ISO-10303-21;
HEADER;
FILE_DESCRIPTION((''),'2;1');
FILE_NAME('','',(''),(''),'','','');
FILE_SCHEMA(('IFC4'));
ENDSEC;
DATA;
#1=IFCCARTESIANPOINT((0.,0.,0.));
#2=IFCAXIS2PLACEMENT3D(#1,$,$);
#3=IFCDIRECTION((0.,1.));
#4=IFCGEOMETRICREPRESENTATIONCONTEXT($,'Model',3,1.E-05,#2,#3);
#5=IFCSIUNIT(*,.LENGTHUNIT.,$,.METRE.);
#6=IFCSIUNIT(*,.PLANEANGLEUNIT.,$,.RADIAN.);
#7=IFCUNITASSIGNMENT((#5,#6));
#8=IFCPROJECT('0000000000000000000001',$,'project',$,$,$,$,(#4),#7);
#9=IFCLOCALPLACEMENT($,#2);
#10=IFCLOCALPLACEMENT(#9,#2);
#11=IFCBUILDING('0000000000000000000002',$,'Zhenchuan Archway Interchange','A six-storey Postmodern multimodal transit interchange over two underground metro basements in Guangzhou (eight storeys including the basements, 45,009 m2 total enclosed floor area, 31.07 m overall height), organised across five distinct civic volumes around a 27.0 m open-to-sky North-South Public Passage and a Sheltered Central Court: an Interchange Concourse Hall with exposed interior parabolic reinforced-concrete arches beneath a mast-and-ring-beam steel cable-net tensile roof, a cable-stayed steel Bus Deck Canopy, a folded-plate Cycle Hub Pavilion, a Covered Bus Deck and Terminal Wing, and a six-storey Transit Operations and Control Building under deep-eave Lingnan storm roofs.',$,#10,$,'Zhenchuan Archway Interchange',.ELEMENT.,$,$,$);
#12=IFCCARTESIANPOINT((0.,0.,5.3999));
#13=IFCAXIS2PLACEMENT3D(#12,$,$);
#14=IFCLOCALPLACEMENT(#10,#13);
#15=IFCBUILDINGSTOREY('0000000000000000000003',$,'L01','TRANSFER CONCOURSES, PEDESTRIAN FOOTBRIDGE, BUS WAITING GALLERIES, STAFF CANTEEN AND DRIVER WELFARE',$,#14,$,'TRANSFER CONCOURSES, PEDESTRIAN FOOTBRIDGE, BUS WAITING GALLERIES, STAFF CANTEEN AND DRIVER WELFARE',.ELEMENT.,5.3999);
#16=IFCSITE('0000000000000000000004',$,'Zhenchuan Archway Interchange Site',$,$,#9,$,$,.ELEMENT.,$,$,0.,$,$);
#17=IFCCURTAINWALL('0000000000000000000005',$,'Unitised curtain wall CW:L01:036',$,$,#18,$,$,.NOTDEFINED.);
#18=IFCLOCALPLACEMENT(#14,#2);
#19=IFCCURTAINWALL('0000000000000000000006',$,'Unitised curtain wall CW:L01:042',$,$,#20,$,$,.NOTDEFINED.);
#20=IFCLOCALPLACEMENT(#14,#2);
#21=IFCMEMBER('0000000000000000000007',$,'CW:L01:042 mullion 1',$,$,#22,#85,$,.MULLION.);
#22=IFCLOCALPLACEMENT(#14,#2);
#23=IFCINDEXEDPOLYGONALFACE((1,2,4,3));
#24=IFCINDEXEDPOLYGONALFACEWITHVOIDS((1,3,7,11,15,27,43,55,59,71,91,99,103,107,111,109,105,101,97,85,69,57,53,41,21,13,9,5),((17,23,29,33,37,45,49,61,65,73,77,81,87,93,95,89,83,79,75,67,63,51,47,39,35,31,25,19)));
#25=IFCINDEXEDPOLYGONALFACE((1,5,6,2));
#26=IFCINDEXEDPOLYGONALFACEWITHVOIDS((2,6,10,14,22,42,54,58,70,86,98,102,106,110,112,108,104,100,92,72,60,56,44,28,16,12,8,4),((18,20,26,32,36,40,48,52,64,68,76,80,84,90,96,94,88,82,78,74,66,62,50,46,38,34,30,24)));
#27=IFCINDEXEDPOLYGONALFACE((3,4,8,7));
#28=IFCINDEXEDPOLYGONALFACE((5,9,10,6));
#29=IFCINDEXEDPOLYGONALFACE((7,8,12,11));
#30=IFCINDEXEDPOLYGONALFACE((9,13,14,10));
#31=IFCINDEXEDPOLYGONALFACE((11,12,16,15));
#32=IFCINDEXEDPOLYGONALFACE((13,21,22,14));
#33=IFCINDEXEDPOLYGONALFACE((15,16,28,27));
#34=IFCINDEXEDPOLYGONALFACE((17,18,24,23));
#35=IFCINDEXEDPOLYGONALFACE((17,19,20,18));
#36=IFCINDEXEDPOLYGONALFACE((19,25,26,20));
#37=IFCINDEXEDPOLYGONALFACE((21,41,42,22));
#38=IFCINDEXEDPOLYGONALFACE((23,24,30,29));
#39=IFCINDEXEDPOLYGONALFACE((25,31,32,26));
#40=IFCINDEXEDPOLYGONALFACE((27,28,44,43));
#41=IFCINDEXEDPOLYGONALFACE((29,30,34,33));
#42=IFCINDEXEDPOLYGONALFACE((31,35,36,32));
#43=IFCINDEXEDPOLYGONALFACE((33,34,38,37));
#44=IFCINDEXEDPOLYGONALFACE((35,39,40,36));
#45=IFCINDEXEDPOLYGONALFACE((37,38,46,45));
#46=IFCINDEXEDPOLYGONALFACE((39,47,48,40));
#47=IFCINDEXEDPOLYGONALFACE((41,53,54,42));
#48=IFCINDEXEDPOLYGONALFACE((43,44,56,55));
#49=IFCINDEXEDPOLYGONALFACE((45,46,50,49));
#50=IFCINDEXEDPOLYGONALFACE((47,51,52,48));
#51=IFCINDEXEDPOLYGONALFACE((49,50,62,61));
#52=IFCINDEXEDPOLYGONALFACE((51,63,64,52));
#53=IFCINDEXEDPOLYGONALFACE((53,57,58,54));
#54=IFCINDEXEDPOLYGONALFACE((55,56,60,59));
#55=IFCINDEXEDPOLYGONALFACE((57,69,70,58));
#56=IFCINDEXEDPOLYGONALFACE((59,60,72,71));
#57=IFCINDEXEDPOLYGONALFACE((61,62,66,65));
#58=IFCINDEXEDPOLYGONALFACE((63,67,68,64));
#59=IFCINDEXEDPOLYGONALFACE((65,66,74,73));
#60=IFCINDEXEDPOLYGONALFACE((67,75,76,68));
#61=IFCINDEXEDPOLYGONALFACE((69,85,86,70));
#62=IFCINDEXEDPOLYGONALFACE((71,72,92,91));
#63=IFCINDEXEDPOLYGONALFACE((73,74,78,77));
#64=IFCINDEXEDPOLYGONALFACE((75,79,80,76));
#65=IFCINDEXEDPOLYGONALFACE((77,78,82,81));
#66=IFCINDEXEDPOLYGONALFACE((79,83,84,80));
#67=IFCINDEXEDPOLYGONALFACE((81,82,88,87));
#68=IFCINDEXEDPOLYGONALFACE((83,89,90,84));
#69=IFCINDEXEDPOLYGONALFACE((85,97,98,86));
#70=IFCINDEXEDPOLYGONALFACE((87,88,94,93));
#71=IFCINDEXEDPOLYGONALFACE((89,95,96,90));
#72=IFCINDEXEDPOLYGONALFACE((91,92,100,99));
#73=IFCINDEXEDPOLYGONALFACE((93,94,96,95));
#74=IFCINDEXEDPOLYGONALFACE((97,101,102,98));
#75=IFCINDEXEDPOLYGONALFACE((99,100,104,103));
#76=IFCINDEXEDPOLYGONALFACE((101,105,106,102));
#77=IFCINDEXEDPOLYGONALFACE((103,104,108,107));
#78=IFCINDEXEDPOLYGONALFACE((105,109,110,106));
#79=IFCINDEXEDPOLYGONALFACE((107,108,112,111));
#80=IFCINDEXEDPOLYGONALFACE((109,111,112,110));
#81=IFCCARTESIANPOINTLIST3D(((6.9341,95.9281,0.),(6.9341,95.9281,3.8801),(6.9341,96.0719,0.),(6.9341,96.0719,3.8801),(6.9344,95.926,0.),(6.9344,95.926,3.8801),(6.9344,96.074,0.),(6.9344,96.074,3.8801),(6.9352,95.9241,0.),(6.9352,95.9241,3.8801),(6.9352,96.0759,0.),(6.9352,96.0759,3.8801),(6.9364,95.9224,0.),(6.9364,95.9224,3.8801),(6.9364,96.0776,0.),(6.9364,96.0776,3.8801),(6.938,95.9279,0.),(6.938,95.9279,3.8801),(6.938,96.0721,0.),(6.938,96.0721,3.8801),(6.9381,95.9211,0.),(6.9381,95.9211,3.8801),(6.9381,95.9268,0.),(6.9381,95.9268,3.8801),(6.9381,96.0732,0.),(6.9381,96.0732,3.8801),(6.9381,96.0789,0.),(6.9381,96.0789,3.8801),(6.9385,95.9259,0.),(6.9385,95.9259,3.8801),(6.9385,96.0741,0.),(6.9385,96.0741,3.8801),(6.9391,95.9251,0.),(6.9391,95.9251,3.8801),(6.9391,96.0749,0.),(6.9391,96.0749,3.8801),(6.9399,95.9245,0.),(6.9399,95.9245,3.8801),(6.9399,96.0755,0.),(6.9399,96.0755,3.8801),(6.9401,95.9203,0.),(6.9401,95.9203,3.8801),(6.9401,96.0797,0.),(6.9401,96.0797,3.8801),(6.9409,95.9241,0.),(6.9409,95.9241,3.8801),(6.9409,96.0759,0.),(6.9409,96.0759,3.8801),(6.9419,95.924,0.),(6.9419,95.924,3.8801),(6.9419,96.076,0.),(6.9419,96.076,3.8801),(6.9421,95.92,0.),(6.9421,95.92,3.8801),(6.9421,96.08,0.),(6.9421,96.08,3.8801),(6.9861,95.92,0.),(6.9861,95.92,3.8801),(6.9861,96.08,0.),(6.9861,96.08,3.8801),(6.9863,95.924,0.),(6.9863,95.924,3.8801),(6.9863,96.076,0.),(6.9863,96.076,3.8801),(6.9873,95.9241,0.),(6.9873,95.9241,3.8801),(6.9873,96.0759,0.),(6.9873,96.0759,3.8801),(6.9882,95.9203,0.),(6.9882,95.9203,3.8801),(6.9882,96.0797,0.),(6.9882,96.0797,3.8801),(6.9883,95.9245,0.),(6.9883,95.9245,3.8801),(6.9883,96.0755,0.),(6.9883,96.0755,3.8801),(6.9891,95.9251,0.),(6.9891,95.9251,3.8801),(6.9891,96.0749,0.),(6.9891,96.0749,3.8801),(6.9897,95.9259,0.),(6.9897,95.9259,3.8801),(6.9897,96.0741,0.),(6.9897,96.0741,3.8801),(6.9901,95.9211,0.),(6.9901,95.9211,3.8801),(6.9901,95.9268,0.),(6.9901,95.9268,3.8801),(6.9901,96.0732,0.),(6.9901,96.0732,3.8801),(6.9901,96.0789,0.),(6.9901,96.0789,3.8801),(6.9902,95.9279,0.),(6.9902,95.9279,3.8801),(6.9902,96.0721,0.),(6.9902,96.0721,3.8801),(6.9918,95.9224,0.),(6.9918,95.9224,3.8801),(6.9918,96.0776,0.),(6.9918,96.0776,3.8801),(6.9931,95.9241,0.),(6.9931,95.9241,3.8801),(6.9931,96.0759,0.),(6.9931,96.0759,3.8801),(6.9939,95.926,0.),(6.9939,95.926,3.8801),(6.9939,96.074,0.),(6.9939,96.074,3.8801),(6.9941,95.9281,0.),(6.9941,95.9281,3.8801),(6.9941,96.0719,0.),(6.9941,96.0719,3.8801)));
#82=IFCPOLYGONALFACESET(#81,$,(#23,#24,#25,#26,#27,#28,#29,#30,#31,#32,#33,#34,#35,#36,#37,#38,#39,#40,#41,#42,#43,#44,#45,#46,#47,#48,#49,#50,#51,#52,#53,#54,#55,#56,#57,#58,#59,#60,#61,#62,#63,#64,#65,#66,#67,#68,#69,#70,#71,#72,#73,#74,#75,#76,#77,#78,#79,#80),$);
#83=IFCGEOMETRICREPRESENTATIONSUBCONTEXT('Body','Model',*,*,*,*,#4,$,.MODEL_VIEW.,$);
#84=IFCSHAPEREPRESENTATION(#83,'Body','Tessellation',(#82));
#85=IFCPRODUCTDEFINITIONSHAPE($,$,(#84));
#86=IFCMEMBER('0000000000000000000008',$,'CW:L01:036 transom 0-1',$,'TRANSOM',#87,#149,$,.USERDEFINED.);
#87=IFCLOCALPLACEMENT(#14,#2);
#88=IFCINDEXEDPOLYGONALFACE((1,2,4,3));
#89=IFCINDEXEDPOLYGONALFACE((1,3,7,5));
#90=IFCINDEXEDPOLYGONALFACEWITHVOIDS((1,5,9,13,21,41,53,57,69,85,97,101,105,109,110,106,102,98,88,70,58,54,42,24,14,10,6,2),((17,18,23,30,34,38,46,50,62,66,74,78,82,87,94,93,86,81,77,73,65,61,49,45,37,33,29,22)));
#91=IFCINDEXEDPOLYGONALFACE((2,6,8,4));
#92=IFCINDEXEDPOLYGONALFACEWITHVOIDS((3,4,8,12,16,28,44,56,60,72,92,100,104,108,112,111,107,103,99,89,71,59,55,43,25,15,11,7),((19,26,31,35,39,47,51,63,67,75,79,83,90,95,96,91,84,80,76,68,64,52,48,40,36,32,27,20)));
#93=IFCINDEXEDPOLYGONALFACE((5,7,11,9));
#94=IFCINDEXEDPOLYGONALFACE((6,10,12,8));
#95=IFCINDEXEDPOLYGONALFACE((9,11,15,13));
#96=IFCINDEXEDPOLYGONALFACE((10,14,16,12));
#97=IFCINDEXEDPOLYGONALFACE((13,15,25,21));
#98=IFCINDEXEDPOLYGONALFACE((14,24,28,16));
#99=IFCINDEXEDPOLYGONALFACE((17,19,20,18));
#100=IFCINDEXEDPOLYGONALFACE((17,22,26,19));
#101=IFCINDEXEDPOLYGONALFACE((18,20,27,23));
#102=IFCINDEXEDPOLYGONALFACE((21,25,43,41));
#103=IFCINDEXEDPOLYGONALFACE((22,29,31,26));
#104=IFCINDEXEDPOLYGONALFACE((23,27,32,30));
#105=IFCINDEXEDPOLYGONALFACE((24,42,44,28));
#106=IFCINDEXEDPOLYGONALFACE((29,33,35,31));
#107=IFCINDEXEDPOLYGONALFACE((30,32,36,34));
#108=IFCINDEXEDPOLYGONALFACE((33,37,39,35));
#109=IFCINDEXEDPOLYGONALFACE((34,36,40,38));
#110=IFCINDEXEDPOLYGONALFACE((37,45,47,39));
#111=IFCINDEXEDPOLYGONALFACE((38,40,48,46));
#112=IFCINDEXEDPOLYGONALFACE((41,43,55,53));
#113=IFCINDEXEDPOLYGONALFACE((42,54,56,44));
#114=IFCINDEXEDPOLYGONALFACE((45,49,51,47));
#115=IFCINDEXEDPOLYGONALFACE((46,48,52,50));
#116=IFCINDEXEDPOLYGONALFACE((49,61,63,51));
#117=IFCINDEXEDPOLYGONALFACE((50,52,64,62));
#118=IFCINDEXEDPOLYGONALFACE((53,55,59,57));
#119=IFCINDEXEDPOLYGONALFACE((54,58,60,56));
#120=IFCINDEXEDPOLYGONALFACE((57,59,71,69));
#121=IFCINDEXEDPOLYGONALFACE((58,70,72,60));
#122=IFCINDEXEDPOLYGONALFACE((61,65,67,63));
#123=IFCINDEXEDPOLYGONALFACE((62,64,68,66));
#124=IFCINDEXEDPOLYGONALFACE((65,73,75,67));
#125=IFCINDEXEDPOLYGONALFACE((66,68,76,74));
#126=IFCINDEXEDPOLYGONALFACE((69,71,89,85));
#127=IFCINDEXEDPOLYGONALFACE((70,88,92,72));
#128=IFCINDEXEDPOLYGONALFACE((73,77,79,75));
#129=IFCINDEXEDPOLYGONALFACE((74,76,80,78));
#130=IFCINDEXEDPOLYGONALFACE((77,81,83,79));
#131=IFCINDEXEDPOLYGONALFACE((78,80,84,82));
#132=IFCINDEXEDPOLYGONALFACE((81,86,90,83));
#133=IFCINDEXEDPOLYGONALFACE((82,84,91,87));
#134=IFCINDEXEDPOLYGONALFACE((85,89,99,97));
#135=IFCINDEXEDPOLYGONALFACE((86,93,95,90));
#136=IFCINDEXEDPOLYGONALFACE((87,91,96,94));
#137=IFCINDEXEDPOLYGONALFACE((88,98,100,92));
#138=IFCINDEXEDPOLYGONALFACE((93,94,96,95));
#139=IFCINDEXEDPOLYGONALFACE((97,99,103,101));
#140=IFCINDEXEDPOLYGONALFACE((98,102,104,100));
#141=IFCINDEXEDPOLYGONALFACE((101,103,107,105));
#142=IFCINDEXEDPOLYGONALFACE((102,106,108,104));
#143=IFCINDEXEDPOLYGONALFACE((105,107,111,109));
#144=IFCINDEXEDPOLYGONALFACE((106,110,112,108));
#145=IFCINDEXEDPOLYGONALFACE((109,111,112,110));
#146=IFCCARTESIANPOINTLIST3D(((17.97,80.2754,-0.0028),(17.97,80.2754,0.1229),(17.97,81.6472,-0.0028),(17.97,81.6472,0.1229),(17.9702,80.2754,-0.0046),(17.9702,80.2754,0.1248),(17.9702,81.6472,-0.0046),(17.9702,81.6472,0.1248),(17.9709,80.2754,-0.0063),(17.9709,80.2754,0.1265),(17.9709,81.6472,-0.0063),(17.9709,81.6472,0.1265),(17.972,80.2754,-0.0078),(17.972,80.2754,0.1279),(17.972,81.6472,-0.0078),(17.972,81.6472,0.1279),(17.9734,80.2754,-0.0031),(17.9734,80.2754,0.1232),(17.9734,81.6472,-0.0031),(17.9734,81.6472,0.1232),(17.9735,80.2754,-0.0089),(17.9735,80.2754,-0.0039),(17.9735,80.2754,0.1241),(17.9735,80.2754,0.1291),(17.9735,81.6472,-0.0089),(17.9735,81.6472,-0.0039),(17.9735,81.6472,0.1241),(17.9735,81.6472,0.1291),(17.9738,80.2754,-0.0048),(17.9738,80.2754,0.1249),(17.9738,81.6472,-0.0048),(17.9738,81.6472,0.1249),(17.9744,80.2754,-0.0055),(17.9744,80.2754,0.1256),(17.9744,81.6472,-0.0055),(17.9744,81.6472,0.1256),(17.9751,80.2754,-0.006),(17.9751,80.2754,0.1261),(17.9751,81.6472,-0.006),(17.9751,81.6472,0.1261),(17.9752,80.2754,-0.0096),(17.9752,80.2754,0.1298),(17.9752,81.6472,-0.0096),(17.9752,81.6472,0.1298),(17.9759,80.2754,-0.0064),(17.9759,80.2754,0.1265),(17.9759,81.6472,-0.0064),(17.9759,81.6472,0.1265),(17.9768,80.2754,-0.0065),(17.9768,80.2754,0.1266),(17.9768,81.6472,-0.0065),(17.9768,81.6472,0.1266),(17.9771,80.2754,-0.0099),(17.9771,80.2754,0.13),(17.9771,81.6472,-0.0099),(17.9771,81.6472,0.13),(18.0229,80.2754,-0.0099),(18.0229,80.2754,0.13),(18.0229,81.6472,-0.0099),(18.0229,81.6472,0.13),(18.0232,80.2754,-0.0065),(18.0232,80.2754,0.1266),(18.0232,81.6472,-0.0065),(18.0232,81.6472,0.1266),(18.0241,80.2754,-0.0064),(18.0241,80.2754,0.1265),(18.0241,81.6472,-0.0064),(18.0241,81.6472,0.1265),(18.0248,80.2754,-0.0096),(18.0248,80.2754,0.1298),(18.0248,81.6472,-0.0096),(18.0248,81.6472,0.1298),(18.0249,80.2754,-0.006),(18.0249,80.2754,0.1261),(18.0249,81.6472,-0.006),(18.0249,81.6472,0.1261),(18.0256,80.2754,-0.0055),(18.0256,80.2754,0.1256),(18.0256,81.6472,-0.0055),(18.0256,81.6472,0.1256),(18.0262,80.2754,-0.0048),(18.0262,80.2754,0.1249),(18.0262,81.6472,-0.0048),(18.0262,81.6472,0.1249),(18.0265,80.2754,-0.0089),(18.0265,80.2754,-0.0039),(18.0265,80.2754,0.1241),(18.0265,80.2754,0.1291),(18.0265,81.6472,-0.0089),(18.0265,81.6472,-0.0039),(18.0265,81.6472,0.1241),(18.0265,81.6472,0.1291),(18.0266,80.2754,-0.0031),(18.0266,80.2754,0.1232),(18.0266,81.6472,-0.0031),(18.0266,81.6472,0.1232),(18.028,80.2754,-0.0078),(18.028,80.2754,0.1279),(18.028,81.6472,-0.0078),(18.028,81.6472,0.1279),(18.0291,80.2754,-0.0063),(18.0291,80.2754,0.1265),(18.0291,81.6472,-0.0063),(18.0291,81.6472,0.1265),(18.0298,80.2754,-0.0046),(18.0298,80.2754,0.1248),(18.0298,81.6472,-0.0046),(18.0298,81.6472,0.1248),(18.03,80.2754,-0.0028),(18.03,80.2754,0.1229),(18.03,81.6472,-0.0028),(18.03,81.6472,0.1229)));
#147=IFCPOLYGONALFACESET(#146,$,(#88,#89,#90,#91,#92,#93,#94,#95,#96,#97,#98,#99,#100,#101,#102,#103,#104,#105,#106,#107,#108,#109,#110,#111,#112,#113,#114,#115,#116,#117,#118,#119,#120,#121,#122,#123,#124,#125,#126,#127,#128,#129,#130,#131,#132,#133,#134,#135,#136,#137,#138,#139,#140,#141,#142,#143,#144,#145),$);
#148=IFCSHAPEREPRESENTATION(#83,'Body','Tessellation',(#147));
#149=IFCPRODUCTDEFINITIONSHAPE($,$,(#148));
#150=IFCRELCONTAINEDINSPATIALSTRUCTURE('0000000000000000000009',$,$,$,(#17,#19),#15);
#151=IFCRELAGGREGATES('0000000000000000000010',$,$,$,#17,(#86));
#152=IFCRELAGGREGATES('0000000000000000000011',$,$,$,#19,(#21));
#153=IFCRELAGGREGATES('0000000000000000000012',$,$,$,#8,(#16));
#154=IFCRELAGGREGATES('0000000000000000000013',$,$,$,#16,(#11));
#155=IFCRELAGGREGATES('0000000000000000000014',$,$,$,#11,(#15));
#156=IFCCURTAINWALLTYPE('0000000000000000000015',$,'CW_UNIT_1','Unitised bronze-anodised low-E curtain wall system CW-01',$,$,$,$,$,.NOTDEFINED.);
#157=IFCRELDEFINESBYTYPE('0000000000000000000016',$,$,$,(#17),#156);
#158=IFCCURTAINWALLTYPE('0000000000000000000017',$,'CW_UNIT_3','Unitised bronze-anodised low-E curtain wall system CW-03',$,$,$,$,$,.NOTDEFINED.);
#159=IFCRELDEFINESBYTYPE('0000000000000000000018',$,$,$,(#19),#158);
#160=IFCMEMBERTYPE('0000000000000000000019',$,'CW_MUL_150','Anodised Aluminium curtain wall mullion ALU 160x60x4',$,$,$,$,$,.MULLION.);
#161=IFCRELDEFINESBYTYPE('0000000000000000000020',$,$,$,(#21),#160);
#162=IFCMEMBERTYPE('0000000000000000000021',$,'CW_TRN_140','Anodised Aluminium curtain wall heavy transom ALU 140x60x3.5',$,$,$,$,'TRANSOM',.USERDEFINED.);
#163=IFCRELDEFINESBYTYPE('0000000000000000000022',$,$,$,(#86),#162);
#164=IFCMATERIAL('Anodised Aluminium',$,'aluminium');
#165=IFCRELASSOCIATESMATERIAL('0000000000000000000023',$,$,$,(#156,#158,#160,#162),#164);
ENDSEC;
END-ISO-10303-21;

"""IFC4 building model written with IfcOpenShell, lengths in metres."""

from ifc_helpers import new_model, si_unit, direction, frame, origin, origin_2d, place, context, subcontext, project, spatial, hollow_rectangle, extrude, material, material_profile, profile_set, type_object, element, aggregate, save


model = new_model("IFC4")

# Units and contexts
model_context = context("Model", 3, precision=1e-05, world=origin(), true_north=direction((0.0, 1.0)))
body_context = subcontext(model_context, "Body", "Model", "MODEL_VIEW")
ifc_project = project(units=[si_unit("LENGTHUNIT", "METRE"), si_unit("PLANEANGLEUNIT", "RADIAN")], contexts=[model_context])

# Site, building, storey
site_placement = place(None, origin())
site = spatial("IfcSite", under=ifc_project, at=site_placement, Name="Zhenchuan Archway Interchange Site", CompositionType="ELEMENT", RefElevation=0.0)
building_placement = place(site_placement, origin())
building = spatial("IfcBuilding", under=site, at=building_placement, Name="Zhenchuan Archway Interchange", Description="A six-storey Postmodern multimodal transit interchange over two underground metro basements in Guangzhou (eight storeys including the basements, 45,009 m2 total enclosed floor area, 31.07 m overall height), organised across five distinct civic volumes around a 27.0 m open-to-sky North-South Public Passage and a Sheltered Central Court: an Interchange Concourse Hall with exposed interior parabolic reinforced-concrete arches beneath a mast-and-ring-beam steel cable-net tensile roof, a cable-stayed steel Bus Deck Canopy, a folded-plate Cycle Hub Pavilion, a Covered Bus Deck and Terminal Wing, and a six-storey Transit Operations and Control Building under deep-eave Lingnan storm roofs.", LongName="Zhenchuan Archway Interchange", CompositionType="ELEMENT")
storey_placement = place(building_placement, frame((0.0, 0.0, 5.3999)))
storey = spatial("IfcBuildingStorey", under=building, at=storey_placement, Name="L01", Description="TRANSFER CONCOURSES, PEDESTRIAN FOOTBRIDGE, BUS WAITING GALLERIES, STAFF CANTEEN AND DRIVER WELFARE", LongName="TRANSFER CONCOURSES, PEDESTRIAN FOOTBRIDGE, BUS WAITING GALLERIES, STAFF CANTEEN AND DRIVER WELFARE", CompositionType="ELEMENT", Elevation=5.3999)

# Curtain wall
ifc_material_1 = material(Name="Anodised Aluminium", Category="aluminium")
curtain_wall_type_1 = type_object("IfcCurtainWallType", Name="CW_UNIT_1", Description="Unitised bronze-anodised low-E curtain wall system CW-01", PredefinedType="NOTDEFINED", material=ifc_material_1)
curtain_wall_1_placement = place(storey_placement, origin())
curtain_wall_1 = element("IfcCurtainWall", 1, at=curtain_wall_1_placement, inside=storey, type_object=curtain_wall_type_1, Name="Unitised curtain wall CW:L01:036", PredefinedType="NOTDEFINED")
ifc_material_profile_1 = material_profile(ifc_material_1, hollow_rectangle(XDim=0.0601, YDim=0.1599, WallThickness=0.0039, InnerFilletRadius=0.0039, OuterFilletRadius=0.0081, at=origin_2d()), Name="ALU 160x60x4")
ifc_profile_set_1 = profile_set([ifc_material_profile_1], Name="Anodised Aluminium")
member_type_1 = type_object("IfcMemberType", Name="CW_MUL_150", Description="Anodised Aluminium curtain wall mullion ALU 160x60x4", PredefinedType="MULLION", material=ifc_profile_set_1)

# Curtain wall, member
curtain_wall_type_2 = type_object("IfcCurtainWallType", Name="CW_UNIT_3", Description="Unitised bronze-anodised low-E curtain wall system CW-03", PredefinedType="NOTDEFINED", material=ifc_material_1)
curtain_wall_2_placement = place(storey_placement, origin())
curtain_wall_2 = element("IfcCurtainWall", 2, at=curtain_wall_2_placement, inside=storey, type_object=curtain_wall_type_2, Name="Unitised curtain wall CW:L01:042", PredefinedType="NOTDEFINED")
member_1_placement = place(storey_placement, frame((6.9641, 96.0, 0.0), z_axis=(0.0, 0.0, 1.0), x_axis=(1.0, 0.0, 0.0)))
member_1 = element("IfcMember", 3, at=member_1_placement, type_object=member_type_1, Name="CW:L01:042 mullion 1", PredefinedType="MULLION", context=body_context, shape_type="SweptSolid", body=[
    extrude(hollow_rectangle(XDim=0.0601, YDim=0.1599, WallThickness=0.0039, InnerFilletRadius=0.0039, OuterFilletRadius=0.0081, at=origin_2d()), origin(), (0.0, 0.0, 1.0), 3.8801),
])

# Member
ifc_material_profile_2 = material_profile(ifc_material_1, hollow_rectangle(XDim=0.0601, YDim=0.1399, WallThickness=0.0034, InnerFilletRadius=0.0034, OuterFilletRadius=0.0071, at=origin_2d()), Name="ALU 140x60x3.5")
ifc_profile_set_2 = profile_set([ifc_material_profile_2], Name="Anodised Aluminium")
member_type_2 = type_object("IfcMemberType", Name="CW_TRN_140", Description="Anodised Aluminium curtain wall heavy transom ALU 140x60x3.5", ElementType="TRANSOM", PredefinedType="USERDEFINED", material=ifc_profile_set_2)
member_2_placement = place(storey_placement, frame((18.0, 80.2754, 0.0601), z_axis=(0.0, 1.0, 0.0), x_axis=(-1.0, 0.0, 0.0)))
member_2 = element("IfcMember", 4, at=member_2_placement, type_object=member_type_2, Name="CW:L01:036 transom 0-1", ObjectType="TRANSOM", PredefinedType="USERDEFINED", context=body_context, shape_type="SweptSolid", body=[
    extrude(hollow_rectangle(XDim=0.0601, YDim=0.1399, WallThickness=0.0034, InnerFilletRadius=0.0034, OuterFilletRadius=0.0071, at=origin_2d()), origin(), (0.0, 0.0, 1.0), 1.3718),
])
aggregate(curtain_wall_1, [member_2])

aggregate(curtain_wall_2, [member_1])

save(model, "model.ifc")
